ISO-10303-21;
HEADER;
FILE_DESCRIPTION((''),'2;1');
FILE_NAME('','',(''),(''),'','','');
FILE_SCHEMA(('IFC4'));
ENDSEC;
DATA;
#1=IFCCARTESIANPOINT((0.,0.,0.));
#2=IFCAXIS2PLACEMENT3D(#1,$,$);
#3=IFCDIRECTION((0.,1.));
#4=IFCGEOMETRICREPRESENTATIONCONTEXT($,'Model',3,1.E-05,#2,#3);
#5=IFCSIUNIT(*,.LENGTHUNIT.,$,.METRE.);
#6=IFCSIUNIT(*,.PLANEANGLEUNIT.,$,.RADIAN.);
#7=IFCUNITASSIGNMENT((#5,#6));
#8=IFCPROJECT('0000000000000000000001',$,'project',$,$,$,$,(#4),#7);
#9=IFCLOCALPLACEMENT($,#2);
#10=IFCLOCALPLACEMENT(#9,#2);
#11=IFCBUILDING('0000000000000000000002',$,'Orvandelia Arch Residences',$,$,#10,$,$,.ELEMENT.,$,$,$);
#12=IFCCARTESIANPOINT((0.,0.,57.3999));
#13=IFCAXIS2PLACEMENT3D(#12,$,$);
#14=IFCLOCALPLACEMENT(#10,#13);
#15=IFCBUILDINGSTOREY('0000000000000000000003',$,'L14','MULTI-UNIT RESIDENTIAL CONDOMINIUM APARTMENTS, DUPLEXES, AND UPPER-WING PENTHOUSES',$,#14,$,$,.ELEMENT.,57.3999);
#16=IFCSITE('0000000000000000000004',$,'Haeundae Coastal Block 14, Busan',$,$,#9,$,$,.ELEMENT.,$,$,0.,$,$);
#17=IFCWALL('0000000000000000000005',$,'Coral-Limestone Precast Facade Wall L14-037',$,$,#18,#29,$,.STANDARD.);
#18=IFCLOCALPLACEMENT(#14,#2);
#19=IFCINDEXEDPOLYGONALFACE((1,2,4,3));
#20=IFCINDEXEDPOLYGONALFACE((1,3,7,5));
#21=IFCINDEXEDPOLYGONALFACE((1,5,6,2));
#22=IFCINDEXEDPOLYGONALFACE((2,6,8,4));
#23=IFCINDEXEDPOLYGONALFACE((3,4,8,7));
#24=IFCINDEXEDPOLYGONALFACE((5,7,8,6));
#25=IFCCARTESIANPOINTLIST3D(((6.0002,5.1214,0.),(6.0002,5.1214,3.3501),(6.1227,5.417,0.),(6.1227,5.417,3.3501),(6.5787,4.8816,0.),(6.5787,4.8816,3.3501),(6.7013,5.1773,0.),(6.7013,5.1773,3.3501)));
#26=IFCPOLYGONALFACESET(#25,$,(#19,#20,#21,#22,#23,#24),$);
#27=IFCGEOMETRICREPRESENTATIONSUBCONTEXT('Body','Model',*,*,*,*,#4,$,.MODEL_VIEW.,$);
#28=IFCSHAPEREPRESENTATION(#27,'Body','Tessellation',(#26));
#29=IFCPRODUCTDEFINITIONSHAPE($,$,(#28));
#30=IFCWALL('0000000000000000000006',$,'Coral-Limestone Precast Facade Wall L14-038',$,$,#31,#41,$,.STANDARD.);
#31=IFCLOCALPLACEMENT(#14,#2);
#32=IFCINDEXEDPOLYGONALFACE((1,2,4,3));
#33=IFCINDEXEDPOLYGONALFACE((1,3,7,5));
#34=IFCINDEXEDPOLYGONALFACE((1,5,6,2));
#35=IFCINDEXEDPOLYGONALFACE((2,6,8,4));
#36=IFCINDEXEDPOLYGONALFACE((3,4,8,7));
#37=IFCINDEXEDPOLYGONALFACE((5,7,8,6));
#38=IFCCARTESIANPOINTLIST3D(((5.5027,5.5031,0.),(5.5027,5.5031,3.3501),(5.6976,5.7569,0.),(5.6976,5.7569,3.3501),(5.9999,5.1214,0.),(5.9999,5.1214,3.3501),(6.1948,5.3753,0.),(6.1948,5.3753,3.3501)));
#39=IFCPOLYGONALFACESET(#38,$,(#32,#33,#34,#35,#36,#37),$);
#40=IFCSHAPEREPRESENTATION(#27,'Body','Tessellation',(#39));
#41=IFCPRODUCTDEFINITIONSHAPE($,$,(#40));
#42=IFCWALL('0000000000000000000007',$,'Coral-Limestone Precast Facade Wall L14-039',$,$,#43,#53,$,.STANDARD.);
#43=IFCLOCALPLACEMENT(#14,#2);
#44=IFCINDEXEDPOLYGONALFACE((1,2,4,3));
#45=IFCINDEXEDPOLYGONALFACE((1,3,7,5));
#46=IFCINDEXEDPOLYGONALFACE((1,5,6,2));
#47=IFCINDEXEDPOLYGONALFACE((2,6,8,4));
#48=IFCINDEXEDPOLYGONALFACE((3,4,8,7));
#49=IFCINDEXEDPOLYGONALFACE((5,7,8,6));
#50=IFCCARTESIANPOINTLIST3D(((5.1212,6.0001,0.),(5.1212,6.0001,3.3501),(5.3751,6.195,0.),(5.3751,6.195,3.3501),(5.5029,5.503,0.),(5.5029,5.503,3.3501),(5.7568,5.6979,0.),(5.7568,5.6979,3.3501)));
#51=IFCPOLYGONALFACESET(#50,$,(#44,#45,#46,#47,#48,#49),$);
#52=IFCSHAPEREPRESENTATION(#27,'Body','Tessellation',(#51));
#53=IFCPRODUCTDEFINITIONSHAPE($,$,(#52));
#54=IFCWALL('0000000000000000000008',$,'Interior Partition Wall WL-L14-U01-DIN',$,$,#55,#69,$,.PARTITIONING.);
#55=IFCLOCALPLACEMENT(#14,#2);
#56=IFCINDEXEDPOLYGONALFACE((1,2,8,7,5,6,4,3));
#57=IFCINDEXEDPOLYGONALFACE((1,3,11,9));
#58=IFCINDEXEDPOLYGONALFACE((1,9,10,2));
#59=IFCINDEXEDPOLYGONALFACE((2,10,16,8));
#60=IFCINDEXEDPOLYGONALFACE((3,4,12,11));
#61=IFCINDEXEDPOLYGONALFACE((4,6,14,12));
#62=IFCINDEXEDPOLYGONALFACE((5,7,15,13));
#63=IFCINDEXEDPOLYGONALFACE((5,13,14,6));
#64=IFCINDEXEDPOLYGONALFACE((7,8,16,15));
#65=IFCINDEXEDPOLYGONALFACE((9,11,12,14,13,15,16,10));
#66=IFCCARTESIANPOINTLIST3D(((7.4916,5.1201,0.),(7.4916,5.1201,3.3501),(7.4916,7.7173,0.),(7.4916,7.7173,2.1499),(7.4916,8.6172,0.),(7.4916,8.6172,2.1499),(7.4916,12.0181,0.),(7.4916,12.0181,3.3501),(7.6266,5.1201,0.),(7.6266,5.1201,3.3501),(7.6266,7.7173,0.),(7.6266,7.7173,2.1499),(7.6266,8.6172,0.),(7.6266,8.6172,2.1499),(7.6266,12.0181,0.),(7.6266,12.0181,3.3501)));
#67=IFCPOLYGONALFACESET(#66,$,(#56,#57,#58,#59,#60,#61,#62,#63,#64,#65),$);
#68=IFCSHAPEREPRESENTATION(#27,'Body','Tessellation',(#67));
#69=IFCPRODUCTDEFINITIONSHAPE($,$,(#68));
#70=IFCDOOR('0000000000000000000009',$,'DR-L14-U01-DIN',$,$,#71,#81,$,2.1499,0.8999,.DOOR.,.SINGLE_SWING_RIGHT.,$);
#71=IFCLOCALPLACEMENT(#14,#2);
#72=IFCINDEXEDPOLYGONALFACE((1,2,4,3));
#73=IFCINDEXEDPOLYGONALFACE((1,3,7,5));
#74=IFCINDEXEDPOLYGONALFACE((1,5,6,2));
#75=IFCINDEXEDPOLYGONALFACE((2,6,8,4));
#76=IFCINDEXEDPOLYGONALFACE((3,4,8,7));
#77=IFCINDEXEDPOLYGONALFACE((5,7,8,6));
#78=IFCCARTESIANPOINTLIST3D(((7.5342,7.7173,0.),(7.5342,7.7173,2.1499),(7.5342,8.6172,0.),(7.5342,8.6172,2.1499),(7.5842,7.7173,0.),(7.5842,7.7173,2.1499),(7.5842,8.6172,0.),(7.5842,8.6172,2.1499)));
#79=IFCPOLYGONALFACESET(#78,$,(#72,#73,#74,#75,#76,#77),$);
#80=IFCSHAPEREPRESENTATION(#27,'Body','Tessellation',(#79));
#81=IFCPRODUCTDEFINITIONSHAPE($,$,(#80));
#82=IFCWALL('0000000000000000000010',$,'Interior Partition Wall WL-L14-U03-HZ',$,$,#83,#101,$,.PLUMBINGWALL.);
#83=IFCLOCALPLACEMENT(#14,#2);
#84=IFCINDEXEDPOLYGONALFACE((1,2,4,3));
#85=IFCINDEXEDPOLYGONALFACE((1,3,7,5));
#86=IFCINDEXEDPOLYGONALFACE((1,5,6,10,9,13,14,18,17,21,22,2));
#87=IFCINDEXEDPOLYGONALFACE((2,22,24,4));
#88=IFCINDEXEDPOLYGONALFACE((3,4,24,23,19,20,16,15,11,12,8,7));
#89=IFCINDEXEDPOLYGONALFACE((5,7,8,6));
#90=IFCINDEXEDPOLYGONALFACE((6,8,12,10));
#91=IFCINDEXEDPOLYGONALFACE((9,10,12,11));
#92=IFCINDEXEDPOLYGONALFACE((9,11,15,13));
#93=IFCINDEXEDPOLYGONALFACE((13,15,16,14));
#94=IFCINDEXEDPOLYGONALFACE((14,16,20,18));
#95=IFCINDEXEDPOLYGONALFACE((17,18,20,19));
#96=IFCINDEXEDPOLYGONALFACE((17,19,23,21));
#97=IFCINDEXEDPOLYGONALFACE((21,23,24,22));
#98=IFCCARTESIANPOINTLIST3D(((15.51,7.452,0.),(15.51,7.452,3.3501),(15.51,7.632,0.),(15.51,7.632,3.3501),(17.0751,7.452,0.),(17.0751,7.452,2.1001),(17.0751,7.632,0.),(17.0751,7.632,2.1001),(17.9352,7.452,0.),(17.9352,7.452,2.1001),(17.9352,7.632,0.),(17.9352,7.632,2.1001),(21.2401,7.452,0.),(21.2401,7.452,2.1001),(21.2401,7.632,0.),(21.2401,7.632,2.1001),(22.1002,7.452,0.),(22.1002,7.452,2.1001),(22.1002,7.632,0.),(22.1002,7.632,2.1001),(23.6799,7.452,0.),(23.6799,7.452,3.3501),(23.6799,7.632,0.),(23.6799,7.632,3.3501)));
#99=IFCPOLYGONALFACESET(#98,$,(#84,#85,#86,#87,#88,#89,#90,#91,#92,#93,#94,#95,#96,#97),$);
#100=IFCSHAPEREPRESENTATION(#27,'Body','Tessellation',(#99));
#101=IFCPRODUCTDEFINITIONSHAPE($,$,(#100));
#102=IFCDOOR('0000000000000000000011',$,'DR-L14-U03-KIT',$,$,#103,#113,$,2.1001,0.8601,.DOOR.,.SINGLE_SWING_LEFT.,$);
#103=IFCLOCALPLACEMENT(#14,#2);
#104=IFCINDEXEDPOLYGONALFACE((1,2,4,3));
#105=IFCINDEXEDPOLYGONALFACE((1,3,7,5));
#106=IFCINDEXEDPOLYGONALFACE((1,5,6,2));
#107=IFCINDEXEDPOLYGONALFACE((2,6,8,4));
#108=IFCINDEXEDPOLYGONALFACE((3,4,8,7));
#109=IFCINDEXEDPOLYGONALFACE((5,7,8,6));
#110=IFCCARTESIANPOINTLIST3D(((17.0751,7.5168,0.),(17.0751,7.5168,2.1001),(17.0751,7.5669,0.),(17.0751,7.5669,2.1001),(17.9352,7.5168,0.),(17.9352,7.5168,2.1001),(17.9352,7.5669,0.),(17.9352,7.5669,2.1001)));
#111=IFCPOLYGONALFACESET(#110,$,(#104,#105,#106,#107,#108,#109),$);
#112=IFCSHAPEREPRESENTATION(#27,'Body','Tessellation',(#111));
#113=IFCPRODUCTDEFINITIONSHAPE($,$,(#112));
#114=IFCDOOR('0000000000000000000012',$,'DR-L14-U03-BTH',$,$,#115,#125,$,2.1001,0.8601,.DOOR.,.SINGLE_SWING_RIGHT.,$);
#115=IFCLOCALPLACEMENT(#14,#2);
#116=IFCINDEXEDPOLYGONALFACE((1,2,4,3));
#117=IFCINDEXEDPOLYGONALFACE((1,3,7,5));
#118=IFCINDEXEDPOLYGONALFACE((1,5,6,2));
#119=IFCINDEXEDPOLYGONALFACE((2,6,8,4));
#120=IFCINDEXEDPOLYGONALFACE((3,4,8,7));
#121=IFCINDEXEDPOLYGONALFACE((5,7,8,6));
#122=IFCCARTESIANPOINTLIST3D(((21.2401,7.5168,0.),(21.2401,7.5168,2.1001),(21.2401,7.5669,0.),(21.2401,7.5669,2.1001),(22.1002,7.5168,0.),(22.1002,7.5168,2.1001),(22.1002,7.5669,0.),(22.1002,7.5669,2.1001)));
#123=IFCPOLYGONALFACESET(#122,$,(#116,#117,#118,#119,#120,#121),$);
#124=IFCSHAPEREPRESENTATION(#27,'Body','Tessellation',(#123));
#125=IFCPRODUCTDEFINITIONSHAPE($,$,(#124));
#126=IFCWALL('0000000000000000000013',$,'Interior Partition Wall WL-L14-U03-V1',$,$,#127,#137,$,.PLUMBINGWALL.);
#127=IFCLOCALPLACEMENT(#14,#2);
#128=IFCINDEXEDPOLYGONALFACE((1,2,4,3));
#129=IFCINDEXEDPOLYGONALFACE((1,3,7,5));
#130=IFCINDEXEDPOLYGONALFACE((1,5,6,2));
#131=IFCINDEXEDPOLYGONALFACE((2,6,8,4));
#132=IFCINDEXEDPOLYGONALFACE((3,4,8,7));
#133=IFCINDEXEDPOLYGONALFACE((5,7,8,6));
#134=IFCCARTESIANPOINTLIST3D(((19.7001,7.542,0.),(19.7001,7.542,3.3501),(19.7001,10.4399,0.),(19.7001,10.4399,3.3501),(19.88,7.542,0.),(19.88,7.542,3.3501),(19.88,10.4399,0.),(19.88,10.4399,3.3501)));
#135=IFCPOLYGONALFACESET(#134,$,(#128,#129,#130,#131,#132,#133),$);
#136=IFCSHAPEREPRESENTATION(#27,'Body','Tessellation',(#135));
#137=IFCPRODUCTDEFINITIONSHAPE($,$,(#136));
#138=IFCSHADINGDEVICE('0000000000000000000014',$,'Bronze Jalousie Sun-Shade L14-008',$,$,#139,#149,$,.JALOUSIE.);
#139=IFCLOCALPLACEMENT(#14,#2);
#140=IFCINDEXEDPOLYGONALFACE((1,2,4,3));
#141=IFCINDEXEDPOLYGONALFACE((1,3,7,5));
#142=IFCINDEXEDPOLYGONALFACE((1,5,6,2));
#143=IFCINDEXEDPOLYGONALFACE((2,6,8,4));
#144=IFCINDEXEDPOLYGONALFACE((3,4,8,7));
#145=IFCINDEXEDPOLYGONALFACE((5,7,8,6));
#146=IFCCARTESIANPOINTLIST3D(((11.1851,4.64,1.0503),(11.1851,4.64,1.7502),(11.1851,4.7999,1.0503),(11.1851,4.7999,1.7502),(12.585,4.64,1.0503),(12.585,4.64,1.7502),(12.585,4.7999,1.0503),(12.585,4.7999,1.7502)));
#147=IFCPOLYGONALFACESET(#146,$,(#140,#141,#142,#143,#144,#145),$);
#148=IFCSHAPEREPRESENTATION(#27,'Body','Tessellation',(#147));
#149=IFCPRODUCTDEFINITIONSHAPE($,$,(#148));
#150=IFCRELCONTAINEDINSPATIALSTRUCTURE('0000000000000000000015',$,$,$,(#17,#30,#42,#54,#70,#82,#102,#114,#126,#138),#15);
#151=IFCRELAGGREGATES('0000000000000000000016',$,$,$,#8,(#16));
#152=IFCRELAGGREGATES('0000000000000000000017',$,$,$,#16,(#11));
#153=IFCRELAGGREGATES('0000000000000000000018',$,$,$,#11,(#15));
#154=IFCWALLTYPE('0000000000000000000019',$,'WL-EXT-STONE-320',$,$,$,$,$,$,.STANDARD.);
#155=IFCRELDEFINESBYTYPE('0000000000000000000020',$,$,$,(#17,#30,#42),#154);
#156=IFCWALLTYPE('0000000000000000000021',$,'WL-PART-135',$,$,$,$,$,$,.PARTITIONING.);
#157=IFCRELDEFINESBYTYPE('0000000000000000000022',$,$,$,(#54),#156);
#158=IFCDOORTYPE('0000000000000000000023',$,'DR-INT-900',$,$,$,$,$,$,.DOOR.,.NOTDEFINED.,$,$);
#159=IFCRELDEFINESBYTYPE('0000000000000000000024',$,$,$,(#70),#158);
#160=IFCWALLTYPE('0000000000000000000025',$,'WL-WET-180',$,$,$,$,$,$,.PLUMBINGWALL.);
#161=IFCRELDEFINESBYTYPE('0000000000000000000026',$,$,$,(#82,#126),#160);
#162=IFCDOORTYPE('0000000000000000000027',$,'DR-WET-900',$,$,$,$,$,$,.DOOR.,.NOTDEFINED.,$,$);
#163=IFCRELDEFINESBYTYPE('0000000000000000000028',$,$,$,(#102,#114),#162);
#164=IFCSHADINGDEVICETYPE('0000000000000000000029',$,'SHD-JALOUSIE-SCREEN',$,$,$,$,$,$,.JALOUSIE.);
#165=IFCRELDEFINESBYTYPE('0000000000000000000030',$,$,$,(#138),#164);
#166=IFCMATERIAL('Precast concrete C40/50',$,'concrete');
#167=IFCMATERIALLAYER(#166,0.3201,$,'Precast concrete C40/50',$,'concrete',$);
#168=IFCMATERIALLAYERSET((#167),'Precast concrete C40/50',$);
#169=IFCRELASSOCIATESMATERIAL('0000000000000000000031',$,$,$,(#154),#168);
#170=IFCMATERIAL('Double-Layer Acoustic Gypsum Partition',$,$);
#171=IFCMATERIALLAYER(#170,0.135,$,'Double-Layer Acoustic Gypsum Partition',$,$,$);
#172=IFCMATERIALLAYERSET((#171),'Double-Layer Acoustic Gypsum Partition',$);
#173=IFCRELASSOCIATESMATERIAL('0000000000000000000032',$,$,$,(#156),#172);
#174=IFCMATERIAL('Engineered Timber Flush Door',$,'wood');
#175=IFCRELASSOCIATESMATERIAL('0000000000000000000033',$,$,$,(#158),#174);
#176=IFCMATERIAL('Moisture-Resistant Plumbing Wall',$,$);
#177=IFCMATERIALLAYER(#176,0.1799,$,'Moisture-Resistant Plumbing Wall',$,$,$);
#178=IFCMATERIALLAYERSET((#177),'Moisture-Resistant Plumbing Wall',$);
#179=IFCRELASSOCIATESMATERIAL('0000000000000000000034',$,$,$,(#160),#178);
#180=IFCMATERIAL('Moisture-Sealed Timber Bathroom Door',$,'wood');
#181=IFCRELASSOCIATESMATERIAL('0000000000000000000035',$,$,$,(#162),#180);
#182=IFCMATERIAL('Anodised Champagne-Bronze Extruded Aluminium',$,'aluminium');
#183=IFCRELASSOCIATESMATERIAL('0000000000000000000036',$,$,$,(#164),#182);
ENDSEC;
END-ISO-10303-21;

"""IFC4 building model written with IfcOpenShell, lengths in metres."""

from ifc_helpers import new_model, si_unit, direction, frame, frame_2d, origin, origin_2d, place, context, subcontext, project, spatial, rectangle, extrude, material, layer, layer_set, type_object, element, fill, save


model = new_model("IFC4")

# Units and contexts
model_context = context("Model", 3, precision=1e-05, world=origin(), true_north=direction((0.0, 1.0)))
body_context = subcontext(model_context, "Body", "Model", "MODEL_VIEW")
ifc_project = project(units=[si_unit("LENGTHUNIT", "METRE"), si_unit("PLANEANGLEUNIT", "RADIAN")], contexts=[model_context])

# Site, building, storey
site_placement = place(None, origin())
site = spatial("IfcSite", under=ifc_project, at=site_placement, Name="Haeundae Coastal Block 14, Busan", CompositionType="ELEMENT", RefElevation=0.0)
building_placement = place(site_placement, origin())
building = spatial("IfcBuilding", under=site, at=building_placement, Name="Orvandelia Arch Residences", CompositionType="ELEMENT")
storey_placement = place(building_placement, frame((0.0, 0.0, 57.3999)))
storey = spatial("IfcBuildingStorey", under=building, at=storey_placement, Name="L14", Description="MULTI-UNIT RESIDENTIAL CONDOMINIUM APARTMENTS, DUPLEXES, AND UPPER-WING PENTHOUSES", CompositionType="ELEMENT", Elevation=57.3999)

# Shared definitions
ifc_material_1 = material(Name="Precast concrete C40/50", Category="concrete")
ifc_layer_1 = layer(ifc_material_1, 0.3201, Name="Precast concrete C40/50", Category="concrete")
ifc_layer_set_1 = layer_set([ifc_layer_1], Name="Precast concrete C40/50")
wall_type_1 = type_object("IfcWallType", Name="WL-EXT-STONE-320", PredefinedType="STANDARD", material=ifc_layer_set_1)

# Walls
wall_1_placement = place(storey_placement, frame((6.6399, 5.0295, 0.0), z_axis=(0.0, 0.0, 1.0), x_axis=(-0.923836, 0.382788, 0.0)))
element("IfcWall", 1, at=wall_1_placement, inside=storey, type_object=wall_type_1, Name="Coral-Limestone Precast Facade Wall L14-037", PredefinedType="STANDARD", context=body_context, shape_type="SweptSolid", body=[
    extrude(rectangle(XDim=0.6262, YDim=0.3201, at=frame_2d((0.313, 0.0))), origin(), (0.0, 0.0, 1.0), 3.3501),
])
for number, where, z_axis, x_axis, name in (
    (2, (6.0974, 5.2483, 0.0), (0.0, 0.0, 1.0), (-0.793217, 0.608939, 0.0), "Coral-Limestone Precast Facade Wall L14-038"),
    (3, (5.6299, 5.6003, 0.0), (0.0, 0.0, 1.0), (-0.608939, 0.793217, 0.0), "Coral-Limestone Precast Facade Wall L14-039"),
):
    element("IfcWall", number, at=place(storey_placement, frame(where, z_axis=z_axis, x_axis=x_axis)), inside=storey, type_object=wall_type_1, Name=name, PredefinedType="STANDARD", context=body_context, shape_type="SweptSolid", body=[
        extrude(rectangle(XDim=0.6267, YDim=0.3201, at=frame_2d((0.3135, 0.0))), origin(), (0.0, 0.0, 1.0), 3.3501),
    ])

# Wall, opening, door
ifc_material_2 = material(Name="Double-Layer Acoustic Gypsum Partition")
ifc_layer_2 = layer(ifc_material_2, 0.135, Name="Double-Layer Acoustic Gypsum Partition")
ifc_layer_set_2 = layer_set([ifc_layer_2], Name="Double-Layer Acoustic Gypsum Partition")
wall_type_2 = type_object("IfcWallType", Name="WL-PART-135", PredefinedType="PARTITIONING", material=ifc_layer_set_2)
wall_2_placement = place(storey_placement, frame((7.5591, 5.1201, 0.0), z_axis=(0.0, 0.0, 1.0), x_axis=(0.0, 1.0, 0.0)))
wall_2 = element("IfcWall", 4, at=wall_2_placement, inside=storey, type_object=wall_type_2, Name="Interior Partition Wall WL-L14-U01-DIN", PredefinedType="PARTITIONING", context=body_context, shape_type="SweptSolid", body=[
    extrude(rectangle(XDim=6.8979, YDim=0.135, at=frame_2d((3.449, 0.0))), origin(), (0.0, 0.0, 1.0), 3.3501),
])
opening_1_placement = place(wall_2_placement, frame((2.5972, 0.0, 0.0)))
opening_1 = element("IfcOpeningElement", 5, at=opening_1_placement, cuts=wall_2, PredefinedType="OPENING", context=body_context, shape_type="SweptSolid", body=[
    extrude(rectangle(XDim=0.8999, YDim=2.1499, at=frame_2d((0.45, 1.075))), frame((0.0, 0.0776, 0.0), z_axis=(0.0, -1.0, 0.0), x_axis=(1.0, 0.0, 0.0)), (0.0, 0.0, 1.0), 0.155),
])
ifc_material_3 = material(Name="Engineered Timber Flush Door", Category="wood")
door_type_1 = type_object("IfcDoorType", Name="DR-INT-900", OperationType="NOTDEFINED", PredefinedType="DOOR", material=ifc_material_3)
door_1_placement = place(opening_1_placement, origin())
door_1 = element("IfcDoor", 6, at=door_1_placement, inside=storey, type_object=door_type_1, Name="DR-L14-U01-DIN", OperationType="SINGLE_SWING_RIGHT", OverallHeight=2.1499, OverallWidth=0.8999, PredefinedType="DOOR", context=body_context, shape_type="SweptSolid", body=[
    extrude(rectangle(XDim=0.8999, YDim=2.1499, at=frame_2d((0.45, 1.075))), frame((0.0, 0.0249, 0.0), z_axis=(0.0, -1.0, 0.0), x_axis=(1.0, 0.0, 0.0)), (0.0, 0.0, 1.0), 0.05),
])
fill(opening_1, door_1)

# Wall, openings, doors
ifc_material_4 = material(Name="Moisture-Resistant Plumbing Wall")
ifc_layer_3 = layer(ifc_material_4, 0.1799, Name="Moisture-Resistant Plumbing Wall")
ifc_layer_set_3 = layer_set([ifc_layer_3], Name="Moisture-Resistant Plumbing Wall")
wall_type_3 = type_object("IfcWallType", Name="WL-WET-180", PredefinedType="PLUMBINGWALL", material=ifc_layer_set_3)
wall_3_placement = place(storey_placement, frame((15.51, 7.542, 0.0), z_axis=(0.0, 0.0, 1.0), x_axis=(1.0, 0.0, 0.0)))
wall_3 = element("IfcWall", 7, at=wall_3_placement, inside=storey, type_object=wall_type_3, Name="Interior Partition Wall WL-L14-U03-HZ", PredefinedType="PLUMBINGWALL", context=body_context, shape_type="SweptSolid", body=[
    extrude(rectangle(XDim=8.1699, YDim=0.1799, at=frame_2d((4.085, 0.0))), origin(), (0.0, 0.0, 1.0), 3.3501),
])
opening_2_placement = place(wall_3_placement, frame((1.5649, 0.0, 0.0)))
opening_2 = element("IfcOpeningElement", 8, at=opening_2_placement, cuts=wall_3, PredefinedType="OPENING", context=body_context, shape_type="SweptSolid", body=[
    extrude(rectangle(XDim=0.8601, YDim=2.1001, at=frame_2d((0.4302, 1.05))), frame((0.0, 0.1001, 0.0), z_axis=(0.0, -1.0, 0.0), x_axis=(1.0, 0.0, 0.0)), (0.0, 0.0, 1.0), 0.2),
])
opening_3_placement = place(wall_3_placement, frame((5.73, 0.0, 0.0)))
opening_3 = element("IfcOpeningElement", 9, at=opening_3_placement, cuts=wall_3, PredefinedType="OPENING", context=body_context, shape_type="SweptSolid", body=[
    extrude(rectangle(XDim=0.8601, YDim=2.1001, at=frame_2d((0.4302, 1.05))), frame((0.0, 0.1001, 0.0), z_axis=(0.0, -1.0, 0.0), x_axis=(1.0, 0.0, 0.0)), (0.0, 0.0, 1.0), 0.2),
])
ifc_material_5 = material(Name="Moisture-Sealed Timber Bathroom Door", Category="wood")
door_type_2 = type_object("IfcDoorType", Name="DR-WET-900", OperationType="NOTDEFINED", PredefinedType="DOOR", material=ifc_material_5)
door_2_placement = place(opening_2_placement, origin())
door_2 = element("IfcDoor", 10, at=door_2_placement, inside=storey, type_object=door_type_2, Name="DR-L14-U03-KIT", OperationType="SINGLE_SWING_LEFT", OverallHeight=2.1001, OverallWidth=0.8601, PredefinedType="DOOR", context=body_context, shape_type="SweptSolid", body=[
    extrude(rectangle(XDim=0.8601, YDim=2.1001, at=frame_2d((0.4302, 1.05))), frame((0.0, 0.0249, 0.0), z_axis=(0.0, -1.0, 0.0), x_axis=(1.0, 0.0, 0.0)), (0.0, 0.0, 1.0), 0.05),
])
fill(opening_2, door_2)
door_3_placement = place(opening_3_placement, origin())
door_3 = element("IfcDoor", 11, at=door_3_placement, inside=storey, type_object=door_type_2, Name="DR-L14-U03-BTH", OperationType="SINGLE_SWING_RIGHT", OverallHeight=2.1001, OverallWidth=0.8601, PredefinedType="DOOR", context=body_context, shape_type="SweptSolid", body=[
    extrude(rectangle(XDim=0.8601, YDim=2.1001, at=frame_2d((0.4302, 1.05))), frame((0.0, 0.0249, 0.0), z_axis=(0.0, -1.0, 0.0), x_axis=(1.0, 0.0, 0.0)), (0.0, 0.0, 1.0), 0.05),
])
fill(opening_3, door_3)

# Wall
wall_4_placement = place(storey_placement, frame((19.79, 7.542, 0.0), z_axis=(0.0, 0.0, 1.0), x_axis=(0.0, 1.0, 0.0)))
element("IfcWall", 12, at=wall_4_placement, inside=storey, type_object=wall_type_3, Name="Interior Partition Wall WL-L14-U03-V1", PredefinedType="PLUMBINGWALL", context=body_context, shape_type="SweptSolid", body=[
    extrude(rectangle(XDim=2.8979, YDim=0.1799, at=frame_2d((1.449, 0.0))), origin(), (0.0, 0.0, 1.0), 3.3501),
])

# Shading device
ifc_material_6 = material(Name="Anodised Champagne-Bronze Extruded Aluminium", Category="aluminium")
shading_device_type = type_object("IfcShadingDeviceType", Name="SHD-JALOUSIE-SCREEN", PredefinedType="JALOUSIE", material=ifc_material_6)
shading_device_placement = place(storey_placement, frame((11.885, 4.72, 1.0503), z_axis=(0.0, 0.0, 1.0), x_axis=(-1.0, 0.0, 0.0)))
element("IfcShadingDevice", 13, at=shading_device_placement, inside=storey, type_object=shading_device_type, Name="Bronze Jalousie Sun-Shade L14-008", PredefinedType="JALOUSIE", context=body_context, shape_type="SweptSolid", body=[
    extrude(rectangle(XDim=1.3999, YDim=0.1599, at=origin_2d()), origin(), (0.0, 0.0, 1.0), 0.7),
])

save(model, "model.ifc")
